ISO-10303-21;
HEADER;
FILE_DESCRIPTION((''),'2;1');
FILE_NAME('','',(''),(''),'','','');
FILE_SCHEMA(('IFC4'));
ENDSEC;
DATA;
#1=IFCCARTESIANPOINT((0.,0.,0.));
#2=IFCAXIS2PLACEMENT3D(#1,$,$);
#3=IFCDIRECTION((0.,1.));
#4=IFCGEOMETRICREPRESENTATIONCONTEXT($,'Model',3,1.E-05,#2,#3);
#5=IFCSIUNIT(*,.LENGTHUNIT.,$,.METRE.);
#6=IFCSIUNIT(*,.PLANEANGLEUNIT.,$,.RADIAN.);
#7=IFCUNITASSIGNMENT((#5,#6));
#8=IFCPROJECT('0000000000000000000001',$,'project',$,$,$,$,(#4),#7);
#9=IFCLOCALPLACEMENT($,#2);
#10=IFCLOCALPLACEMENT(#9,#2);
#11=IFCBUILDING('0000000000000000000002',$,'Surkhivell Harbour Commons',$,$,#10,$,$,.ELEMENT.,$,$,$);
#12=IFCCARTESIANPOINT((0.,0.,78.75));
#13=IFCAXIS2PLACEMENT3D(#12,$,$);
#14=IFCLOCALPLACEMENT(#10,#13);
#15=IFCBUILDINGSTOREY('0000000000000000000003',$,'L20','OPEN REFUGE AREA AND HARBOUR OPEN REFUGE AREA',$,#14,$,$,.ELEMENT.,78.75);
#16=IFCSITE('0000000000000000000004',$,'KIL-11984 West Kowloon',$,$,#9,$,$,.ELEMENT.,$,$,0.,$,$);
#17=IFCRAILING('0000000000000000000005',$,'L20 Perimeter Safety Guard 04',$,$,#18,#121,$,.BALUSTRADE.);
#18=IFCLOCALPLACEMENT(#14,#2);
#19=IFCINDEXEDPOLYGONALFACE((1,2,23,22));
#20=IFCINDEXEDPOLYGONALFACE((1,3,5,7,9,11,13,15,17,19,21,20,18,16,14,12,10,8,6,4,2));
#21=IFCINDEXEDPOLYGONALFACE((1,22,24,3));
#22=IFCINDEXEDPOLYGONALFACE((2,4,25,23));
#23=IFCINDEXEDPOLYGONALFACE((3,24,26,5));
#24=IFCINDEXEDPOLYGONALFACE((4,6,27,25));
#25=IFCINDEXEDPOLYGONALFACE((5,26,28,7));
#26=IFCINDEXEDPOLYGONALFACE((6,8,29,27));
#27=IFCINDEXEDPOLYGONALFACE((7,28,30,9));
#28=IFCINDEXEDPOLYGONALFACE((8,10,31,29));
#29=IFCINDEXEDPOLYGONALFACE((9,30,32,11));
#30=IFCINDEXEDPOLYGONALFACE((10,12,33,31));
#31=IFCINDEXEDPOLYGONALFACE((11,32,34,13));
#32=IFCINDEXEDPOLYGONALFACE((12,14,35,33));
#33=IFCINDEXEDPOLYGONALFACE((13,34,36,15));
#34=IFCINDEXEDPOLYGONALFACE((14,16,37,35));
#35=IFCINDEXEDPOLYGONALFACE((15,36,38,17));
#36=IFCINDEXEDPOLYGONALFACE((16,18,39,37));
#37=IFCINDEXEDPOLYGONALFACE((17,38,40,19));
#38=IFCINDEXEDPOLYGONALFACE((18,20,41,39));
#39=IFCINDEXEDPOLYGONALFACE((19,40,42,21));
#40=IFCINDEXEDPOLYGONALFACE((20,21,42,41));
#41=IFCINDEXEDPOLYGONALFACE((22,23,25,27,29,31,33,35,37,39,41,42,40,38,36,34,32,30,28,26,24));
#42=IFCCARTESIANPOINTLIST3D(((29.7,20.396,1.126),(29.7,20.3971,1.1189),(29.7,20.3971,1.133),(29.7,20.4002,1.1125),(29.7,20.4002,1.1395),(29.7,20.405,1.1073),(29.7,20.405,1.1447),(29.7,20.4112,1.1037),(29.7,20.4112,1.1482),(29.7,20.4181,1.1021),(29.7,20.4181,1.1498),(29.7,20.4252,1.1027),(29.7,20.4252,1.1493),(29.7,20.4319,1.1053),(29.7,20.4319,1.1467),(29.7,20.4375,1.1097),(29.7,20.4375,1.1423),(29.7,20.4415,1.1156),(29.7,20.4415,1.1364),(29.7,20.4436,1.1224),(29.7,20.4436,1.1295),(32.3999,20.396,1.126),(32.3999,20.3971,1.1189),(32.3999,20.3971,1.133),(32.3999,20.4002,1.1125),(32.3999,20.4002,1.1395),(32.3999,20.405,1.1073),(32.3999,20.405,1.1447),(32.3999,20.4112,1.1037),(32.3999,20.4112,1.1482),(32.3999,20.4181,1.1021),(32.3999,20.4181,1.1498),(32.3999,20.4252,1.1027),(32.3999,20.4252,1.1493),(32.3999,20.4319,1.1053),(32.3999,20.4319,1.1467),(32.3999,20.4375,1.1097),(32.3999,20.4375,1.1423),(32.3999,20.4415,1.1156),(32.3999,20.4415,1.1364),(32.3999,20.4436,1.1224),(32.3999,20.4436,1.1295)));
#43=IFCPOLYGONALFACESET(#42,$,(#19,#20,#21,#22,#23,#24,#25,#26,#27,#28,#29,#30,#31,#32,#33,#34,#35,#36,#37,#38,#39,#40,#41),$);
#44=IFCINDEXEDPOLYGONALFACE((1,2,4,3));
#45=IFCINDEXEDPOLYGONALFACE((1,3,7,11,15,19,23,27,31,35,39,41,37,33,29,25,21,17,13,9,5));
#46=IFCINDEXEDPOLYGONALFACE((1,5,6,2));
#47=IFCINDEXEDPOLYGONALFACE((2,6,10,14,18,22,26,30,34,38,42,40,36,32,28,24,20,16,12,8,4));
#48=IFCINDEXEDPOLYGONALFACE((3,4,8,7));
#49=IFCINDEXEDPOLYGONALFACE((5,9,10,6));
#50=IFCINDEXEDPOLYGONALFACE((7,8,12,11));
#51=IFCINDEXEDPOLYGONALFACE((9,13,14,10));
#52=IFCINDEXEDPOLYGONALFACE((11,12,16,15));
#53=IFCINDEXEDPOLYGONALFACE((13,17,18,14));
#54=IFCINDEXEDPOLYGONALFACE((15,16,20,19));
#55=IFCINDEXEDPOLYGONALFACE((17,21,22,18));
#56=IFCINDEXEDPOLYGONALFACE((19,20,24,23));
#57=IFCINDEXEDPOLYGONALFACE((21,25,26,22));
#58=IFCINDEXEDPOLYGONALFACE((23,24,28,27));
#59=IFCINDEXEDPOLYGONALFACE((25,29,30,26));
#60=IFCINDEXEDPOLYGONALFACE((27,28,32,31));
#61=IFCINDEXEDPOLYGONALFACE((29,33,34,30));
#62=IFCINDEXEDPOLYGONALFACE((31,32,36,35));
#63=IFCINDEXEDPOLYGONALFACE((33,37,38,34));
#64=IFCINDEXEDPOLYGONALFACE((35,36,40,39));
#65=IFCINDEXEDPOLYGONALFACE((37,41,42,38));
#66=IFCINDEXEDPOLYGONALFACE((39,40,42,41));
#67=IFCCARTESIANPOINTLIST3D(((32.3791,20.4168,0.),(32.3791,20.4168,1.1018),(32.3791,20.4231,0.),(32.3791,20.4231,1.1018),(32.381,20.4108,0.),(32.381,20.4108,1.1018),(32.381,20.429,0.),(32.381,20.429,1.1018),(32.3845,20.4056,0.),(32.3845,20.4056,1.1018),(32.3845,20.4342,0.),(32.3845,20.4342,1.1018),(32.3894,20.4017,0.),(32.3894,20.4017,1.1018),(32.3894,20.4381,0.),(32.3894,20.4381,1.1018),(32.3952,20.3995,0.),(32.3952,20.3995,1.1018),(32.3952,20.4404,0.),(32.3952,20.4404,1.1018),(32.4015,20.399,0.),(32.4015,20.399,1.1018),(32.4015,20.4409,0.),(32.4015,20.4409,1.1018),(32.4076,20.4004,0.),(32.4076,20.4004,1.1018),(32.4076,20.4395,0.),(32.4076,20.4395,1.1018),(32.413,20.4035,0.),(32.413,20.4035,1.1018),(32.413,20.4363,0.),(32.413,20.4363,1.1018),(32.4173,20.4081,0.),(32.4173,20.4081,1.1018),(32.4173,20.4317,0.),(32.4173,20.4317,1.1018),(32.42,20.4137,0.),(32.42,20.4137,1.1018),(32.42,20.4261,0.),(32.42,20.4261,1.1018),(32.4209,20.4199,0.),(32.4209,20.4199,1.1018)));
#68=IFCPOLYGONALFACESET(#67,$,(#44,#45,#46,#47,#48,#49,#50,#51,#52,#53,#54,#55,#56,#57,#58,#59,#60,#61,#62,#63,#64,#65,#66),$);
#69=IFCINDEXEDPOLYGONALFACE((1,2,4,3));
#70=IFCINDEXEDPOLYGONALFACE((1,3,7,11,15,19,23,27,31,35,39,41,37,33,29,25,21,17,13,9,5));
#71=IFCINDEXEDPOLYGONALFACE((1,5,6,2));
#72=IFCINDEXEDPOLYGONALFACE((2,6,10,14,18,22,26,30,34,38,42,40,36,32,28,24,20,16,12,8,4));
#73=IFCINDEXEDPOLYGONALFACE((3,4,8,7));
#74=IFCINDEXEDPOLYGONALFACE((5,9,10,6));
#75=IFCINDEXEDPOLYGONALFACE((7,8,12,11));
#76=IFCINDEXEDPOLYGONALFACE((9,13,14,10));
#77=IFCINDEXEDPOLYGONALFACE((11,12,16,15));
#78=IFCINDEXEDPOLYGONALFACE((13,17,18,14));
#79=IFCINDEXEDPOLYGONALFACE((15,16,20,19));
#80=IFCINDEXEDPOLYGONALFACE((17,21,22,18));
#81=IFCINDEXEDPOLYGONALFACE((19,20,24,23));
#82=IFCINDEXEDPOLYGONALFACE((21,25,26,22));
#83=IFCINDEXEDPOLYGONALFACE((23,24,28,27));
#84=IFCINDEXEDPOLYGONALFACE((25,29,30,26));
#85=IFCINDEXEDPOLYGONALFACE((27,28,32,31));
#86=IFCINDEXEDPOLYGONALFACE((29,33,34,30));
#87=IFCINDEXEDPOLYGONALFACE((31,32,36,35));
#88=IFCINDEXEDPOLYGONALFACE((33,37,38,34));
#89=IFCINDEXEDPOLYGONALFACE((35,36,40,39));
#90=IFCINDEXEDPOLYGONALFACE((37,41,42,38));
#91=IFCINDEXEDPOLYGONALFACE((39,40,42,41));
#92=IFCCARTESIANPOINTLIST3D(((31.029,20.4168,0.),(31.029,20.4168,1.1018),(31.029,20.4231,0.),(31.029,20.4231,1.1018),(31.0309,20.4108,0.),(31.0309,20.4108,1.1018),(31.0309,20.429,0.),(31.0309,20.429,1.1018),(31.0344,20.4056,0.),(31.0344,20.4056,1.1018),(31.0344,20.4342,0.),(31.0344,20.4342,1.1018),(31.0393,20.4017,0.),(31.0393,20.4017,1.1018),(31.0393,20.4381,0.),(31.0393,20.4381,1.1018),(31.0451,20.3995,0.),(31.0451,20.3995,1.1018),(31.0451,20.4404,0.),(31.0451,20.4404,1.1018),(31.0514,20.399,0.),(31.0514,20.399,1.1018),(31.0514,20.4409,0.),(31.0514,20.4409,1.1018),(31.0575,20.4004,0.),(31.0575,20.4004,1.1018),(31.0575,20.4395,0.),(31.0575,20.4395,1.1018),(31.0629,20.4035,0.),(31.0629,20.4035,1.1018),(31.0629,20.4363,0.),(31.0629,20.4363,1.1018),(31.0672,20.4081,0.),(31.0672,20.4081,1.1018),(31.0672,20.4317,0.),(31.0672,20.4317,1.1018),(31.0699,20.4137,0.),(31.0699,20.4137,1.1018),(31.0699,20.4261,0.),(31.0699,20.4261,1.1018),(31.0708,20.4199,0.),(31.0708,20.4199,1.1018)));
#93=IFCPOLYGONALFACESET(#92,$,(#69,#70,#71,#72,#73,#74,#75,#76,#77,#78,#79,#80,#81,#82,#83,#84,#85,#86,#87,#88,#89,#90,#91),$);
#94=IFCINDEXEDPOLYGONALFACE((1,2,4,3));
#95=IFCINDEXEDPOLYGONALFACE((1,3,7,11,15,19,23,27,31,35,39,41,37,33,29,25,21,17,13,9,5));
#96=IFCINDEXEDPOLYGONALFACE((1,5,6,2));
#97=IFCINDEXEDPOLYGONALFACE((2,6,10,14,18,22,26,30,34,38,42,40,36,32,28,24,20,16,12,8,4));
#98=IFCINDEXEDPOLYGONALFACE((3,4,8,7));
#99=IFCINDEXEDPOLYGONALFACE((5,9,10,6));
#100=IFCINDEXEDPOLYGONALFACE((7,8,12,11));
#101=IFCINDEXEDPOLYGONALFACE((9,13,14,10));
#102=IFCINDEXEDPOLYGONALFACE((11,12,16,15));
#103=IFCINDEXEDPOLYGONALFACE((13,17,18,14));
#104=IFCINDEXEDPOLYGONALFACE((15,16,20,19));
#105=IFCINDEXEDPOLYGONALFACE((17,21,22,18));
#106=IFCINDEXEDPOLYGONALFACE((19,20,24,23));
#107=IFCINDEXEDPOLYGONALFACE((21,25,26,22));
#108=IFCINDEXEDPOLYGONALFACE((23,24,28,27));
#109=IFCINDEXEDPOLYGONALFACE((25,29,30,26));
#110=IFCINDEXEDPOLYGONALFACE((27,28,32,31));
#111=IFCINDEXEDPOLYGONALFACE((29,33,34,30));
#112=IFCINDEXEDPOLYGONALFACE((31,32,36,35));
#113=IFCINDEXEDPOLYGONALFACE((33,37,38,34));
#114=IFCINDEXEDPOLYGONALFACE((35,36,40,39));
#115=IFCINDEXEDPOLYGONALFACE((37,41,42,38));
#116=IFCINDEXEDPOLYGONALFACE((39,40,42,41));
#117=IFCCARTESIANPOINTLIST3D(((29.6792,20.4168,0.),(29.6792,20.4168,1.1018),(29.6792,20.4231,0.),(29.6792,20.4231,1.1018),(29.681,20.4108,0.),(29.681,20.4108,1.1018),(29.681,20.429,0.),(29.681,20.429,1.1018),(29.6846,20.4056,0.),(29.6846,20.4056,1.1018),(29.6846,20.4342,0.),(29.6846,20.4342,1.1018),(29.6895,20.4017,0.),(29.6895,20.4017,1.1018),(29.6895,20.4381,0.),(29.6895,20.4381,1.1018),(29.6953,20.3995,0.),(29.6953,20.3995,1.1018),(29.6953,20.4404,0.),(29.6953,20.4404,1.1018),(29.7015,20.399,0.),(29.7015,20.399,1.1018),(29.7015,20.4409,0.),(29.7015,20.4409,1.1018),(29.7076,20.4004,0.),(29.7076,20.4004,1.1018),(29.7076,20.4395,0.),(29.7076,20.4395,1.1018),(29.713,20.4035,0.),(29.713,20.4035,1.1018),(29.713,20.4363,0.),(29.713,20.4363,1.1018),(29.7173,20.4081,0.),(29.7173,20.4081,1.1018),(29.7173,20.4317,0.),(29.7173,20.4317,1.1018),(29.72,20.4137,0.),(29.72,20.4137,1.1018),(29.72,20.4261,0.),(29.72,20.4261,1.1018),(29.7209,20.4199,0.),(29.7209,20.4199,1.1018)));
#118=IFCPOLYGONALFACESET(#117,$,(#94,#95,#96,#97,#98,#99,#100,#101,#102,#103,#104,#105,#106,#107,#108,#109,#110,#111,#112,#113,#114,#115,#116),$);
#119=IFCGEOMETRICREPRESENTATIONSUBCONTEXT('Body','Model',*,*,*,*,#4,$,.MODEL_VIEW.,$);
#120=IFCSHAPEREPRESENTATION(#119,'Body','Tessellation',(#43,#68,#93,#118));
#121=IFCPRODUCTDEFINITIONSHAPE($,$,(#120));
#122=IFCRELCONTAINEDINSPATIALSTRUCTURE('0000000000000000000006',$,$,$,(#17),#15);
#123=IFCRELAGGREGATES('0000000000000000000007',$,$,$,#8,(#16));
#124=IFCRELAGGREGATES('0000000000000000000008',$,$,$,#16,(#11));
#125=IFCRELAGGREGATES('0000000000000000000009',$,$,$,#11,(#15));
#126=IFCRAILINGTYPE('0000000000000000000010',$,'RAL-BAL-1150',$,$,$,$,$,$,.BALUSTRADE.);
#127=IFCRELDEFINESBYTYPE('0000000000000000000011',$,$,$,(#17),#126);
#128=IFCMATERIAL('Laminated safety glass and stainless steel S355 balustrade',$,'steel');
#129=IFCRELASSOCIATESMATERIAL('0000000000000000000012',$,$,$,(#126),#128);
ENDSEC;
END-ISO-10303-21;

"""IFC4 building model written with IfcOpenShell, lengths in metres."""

from ifc_helpers import new_model, si_unit, direction, frame, origin, origin_2d, place, context, subcontext, project, spatial, circle, extrude, material, type_object, element, save


model = new_model("IFC4")

# Units and contexts
model_context = context("Model", 3, precision=1e-05, world=origin(), true_north=direction((0.0, 1.0)))
body_context = subcontext(model_context, "Body", "Model", "MODEL_VIEW")
ifc_project = project(units=[si_unit("LENGTHUNIT", "METRE"), si_unit("PLANEANGLEUNIT", "RADIAN")], contexts=[model_context])

# Site, building, storey
site_placement = place(None, origin())
site = spatial("IfcSite", under=ifc_project, at=site_placement, Name="KIL-11984 West Kowloon", CompositionType="ELEMENT", RefElevation=0.0)
building_placement = place(site_placement, origin())
building = spatial("IfcBuilding", under=site, at=building_placement, Name="Surkhivell Harbour Commons", CompositionType="ELEMENT")
storey_placement = place(building_placement, frame((0.0, 0.0, 78.75)))
storey = spatial("IfcBuildingStorey", under=building, at=storey_placement, Name="L20", Description="OPEN REFUGE AREA AND HARBOUR OPEN REFUGE AREA", CompositionType="ELEMENT", Elevation=78.75)

# Railing
ifc_material_1 = material(Name="Laminated safety glass and stainless steel S355 balustrade", Category="steel")
railing_type = type_object("IfcRailingType", Name="RAL-BAL-1150", PredefinedType="BALUSTRADE", material=ifc_material_1)
railing_1_placement = place(storey_placement, frame((32.3999, 20.4199, 0.0)))
element("IfcRailing", 1, at=railing_1_placement, inside=storey, type_object=railing_type, Name="L20 Perimeter Safety Guard 04", PredefinedType="BALUSTRADE", context=body_context, shape_type="SweptSolid", body=[
    extrude(circle(Radius=0.0239, at=origin_2d()), frame((0.0, 0.0, 1.126), z_axis=(-1.0, 0.0, 0.0), x_axis=(0.0, -1.0, 0.0)), (0.0, 0.0, 1.0), 2.7),
    extrude(circle(Radius=0.021, at=origin_2d()), origin(), (0.0, 0.0, 1.0), 1.1018),
    extrude(circle(Radius=0.021, at=origin_2d()), frame((-1.3501, 0.0, 0.0)), (0.0, 0.0, 1.0), 1.1018),
    extrude(circle(Radius=0.021, at=origin_2d()), frame((-2.7, 0.0, 0.0)), (0.0, 0.0, 1.0), 1.1018),
])

save(model, "model.ifc")
